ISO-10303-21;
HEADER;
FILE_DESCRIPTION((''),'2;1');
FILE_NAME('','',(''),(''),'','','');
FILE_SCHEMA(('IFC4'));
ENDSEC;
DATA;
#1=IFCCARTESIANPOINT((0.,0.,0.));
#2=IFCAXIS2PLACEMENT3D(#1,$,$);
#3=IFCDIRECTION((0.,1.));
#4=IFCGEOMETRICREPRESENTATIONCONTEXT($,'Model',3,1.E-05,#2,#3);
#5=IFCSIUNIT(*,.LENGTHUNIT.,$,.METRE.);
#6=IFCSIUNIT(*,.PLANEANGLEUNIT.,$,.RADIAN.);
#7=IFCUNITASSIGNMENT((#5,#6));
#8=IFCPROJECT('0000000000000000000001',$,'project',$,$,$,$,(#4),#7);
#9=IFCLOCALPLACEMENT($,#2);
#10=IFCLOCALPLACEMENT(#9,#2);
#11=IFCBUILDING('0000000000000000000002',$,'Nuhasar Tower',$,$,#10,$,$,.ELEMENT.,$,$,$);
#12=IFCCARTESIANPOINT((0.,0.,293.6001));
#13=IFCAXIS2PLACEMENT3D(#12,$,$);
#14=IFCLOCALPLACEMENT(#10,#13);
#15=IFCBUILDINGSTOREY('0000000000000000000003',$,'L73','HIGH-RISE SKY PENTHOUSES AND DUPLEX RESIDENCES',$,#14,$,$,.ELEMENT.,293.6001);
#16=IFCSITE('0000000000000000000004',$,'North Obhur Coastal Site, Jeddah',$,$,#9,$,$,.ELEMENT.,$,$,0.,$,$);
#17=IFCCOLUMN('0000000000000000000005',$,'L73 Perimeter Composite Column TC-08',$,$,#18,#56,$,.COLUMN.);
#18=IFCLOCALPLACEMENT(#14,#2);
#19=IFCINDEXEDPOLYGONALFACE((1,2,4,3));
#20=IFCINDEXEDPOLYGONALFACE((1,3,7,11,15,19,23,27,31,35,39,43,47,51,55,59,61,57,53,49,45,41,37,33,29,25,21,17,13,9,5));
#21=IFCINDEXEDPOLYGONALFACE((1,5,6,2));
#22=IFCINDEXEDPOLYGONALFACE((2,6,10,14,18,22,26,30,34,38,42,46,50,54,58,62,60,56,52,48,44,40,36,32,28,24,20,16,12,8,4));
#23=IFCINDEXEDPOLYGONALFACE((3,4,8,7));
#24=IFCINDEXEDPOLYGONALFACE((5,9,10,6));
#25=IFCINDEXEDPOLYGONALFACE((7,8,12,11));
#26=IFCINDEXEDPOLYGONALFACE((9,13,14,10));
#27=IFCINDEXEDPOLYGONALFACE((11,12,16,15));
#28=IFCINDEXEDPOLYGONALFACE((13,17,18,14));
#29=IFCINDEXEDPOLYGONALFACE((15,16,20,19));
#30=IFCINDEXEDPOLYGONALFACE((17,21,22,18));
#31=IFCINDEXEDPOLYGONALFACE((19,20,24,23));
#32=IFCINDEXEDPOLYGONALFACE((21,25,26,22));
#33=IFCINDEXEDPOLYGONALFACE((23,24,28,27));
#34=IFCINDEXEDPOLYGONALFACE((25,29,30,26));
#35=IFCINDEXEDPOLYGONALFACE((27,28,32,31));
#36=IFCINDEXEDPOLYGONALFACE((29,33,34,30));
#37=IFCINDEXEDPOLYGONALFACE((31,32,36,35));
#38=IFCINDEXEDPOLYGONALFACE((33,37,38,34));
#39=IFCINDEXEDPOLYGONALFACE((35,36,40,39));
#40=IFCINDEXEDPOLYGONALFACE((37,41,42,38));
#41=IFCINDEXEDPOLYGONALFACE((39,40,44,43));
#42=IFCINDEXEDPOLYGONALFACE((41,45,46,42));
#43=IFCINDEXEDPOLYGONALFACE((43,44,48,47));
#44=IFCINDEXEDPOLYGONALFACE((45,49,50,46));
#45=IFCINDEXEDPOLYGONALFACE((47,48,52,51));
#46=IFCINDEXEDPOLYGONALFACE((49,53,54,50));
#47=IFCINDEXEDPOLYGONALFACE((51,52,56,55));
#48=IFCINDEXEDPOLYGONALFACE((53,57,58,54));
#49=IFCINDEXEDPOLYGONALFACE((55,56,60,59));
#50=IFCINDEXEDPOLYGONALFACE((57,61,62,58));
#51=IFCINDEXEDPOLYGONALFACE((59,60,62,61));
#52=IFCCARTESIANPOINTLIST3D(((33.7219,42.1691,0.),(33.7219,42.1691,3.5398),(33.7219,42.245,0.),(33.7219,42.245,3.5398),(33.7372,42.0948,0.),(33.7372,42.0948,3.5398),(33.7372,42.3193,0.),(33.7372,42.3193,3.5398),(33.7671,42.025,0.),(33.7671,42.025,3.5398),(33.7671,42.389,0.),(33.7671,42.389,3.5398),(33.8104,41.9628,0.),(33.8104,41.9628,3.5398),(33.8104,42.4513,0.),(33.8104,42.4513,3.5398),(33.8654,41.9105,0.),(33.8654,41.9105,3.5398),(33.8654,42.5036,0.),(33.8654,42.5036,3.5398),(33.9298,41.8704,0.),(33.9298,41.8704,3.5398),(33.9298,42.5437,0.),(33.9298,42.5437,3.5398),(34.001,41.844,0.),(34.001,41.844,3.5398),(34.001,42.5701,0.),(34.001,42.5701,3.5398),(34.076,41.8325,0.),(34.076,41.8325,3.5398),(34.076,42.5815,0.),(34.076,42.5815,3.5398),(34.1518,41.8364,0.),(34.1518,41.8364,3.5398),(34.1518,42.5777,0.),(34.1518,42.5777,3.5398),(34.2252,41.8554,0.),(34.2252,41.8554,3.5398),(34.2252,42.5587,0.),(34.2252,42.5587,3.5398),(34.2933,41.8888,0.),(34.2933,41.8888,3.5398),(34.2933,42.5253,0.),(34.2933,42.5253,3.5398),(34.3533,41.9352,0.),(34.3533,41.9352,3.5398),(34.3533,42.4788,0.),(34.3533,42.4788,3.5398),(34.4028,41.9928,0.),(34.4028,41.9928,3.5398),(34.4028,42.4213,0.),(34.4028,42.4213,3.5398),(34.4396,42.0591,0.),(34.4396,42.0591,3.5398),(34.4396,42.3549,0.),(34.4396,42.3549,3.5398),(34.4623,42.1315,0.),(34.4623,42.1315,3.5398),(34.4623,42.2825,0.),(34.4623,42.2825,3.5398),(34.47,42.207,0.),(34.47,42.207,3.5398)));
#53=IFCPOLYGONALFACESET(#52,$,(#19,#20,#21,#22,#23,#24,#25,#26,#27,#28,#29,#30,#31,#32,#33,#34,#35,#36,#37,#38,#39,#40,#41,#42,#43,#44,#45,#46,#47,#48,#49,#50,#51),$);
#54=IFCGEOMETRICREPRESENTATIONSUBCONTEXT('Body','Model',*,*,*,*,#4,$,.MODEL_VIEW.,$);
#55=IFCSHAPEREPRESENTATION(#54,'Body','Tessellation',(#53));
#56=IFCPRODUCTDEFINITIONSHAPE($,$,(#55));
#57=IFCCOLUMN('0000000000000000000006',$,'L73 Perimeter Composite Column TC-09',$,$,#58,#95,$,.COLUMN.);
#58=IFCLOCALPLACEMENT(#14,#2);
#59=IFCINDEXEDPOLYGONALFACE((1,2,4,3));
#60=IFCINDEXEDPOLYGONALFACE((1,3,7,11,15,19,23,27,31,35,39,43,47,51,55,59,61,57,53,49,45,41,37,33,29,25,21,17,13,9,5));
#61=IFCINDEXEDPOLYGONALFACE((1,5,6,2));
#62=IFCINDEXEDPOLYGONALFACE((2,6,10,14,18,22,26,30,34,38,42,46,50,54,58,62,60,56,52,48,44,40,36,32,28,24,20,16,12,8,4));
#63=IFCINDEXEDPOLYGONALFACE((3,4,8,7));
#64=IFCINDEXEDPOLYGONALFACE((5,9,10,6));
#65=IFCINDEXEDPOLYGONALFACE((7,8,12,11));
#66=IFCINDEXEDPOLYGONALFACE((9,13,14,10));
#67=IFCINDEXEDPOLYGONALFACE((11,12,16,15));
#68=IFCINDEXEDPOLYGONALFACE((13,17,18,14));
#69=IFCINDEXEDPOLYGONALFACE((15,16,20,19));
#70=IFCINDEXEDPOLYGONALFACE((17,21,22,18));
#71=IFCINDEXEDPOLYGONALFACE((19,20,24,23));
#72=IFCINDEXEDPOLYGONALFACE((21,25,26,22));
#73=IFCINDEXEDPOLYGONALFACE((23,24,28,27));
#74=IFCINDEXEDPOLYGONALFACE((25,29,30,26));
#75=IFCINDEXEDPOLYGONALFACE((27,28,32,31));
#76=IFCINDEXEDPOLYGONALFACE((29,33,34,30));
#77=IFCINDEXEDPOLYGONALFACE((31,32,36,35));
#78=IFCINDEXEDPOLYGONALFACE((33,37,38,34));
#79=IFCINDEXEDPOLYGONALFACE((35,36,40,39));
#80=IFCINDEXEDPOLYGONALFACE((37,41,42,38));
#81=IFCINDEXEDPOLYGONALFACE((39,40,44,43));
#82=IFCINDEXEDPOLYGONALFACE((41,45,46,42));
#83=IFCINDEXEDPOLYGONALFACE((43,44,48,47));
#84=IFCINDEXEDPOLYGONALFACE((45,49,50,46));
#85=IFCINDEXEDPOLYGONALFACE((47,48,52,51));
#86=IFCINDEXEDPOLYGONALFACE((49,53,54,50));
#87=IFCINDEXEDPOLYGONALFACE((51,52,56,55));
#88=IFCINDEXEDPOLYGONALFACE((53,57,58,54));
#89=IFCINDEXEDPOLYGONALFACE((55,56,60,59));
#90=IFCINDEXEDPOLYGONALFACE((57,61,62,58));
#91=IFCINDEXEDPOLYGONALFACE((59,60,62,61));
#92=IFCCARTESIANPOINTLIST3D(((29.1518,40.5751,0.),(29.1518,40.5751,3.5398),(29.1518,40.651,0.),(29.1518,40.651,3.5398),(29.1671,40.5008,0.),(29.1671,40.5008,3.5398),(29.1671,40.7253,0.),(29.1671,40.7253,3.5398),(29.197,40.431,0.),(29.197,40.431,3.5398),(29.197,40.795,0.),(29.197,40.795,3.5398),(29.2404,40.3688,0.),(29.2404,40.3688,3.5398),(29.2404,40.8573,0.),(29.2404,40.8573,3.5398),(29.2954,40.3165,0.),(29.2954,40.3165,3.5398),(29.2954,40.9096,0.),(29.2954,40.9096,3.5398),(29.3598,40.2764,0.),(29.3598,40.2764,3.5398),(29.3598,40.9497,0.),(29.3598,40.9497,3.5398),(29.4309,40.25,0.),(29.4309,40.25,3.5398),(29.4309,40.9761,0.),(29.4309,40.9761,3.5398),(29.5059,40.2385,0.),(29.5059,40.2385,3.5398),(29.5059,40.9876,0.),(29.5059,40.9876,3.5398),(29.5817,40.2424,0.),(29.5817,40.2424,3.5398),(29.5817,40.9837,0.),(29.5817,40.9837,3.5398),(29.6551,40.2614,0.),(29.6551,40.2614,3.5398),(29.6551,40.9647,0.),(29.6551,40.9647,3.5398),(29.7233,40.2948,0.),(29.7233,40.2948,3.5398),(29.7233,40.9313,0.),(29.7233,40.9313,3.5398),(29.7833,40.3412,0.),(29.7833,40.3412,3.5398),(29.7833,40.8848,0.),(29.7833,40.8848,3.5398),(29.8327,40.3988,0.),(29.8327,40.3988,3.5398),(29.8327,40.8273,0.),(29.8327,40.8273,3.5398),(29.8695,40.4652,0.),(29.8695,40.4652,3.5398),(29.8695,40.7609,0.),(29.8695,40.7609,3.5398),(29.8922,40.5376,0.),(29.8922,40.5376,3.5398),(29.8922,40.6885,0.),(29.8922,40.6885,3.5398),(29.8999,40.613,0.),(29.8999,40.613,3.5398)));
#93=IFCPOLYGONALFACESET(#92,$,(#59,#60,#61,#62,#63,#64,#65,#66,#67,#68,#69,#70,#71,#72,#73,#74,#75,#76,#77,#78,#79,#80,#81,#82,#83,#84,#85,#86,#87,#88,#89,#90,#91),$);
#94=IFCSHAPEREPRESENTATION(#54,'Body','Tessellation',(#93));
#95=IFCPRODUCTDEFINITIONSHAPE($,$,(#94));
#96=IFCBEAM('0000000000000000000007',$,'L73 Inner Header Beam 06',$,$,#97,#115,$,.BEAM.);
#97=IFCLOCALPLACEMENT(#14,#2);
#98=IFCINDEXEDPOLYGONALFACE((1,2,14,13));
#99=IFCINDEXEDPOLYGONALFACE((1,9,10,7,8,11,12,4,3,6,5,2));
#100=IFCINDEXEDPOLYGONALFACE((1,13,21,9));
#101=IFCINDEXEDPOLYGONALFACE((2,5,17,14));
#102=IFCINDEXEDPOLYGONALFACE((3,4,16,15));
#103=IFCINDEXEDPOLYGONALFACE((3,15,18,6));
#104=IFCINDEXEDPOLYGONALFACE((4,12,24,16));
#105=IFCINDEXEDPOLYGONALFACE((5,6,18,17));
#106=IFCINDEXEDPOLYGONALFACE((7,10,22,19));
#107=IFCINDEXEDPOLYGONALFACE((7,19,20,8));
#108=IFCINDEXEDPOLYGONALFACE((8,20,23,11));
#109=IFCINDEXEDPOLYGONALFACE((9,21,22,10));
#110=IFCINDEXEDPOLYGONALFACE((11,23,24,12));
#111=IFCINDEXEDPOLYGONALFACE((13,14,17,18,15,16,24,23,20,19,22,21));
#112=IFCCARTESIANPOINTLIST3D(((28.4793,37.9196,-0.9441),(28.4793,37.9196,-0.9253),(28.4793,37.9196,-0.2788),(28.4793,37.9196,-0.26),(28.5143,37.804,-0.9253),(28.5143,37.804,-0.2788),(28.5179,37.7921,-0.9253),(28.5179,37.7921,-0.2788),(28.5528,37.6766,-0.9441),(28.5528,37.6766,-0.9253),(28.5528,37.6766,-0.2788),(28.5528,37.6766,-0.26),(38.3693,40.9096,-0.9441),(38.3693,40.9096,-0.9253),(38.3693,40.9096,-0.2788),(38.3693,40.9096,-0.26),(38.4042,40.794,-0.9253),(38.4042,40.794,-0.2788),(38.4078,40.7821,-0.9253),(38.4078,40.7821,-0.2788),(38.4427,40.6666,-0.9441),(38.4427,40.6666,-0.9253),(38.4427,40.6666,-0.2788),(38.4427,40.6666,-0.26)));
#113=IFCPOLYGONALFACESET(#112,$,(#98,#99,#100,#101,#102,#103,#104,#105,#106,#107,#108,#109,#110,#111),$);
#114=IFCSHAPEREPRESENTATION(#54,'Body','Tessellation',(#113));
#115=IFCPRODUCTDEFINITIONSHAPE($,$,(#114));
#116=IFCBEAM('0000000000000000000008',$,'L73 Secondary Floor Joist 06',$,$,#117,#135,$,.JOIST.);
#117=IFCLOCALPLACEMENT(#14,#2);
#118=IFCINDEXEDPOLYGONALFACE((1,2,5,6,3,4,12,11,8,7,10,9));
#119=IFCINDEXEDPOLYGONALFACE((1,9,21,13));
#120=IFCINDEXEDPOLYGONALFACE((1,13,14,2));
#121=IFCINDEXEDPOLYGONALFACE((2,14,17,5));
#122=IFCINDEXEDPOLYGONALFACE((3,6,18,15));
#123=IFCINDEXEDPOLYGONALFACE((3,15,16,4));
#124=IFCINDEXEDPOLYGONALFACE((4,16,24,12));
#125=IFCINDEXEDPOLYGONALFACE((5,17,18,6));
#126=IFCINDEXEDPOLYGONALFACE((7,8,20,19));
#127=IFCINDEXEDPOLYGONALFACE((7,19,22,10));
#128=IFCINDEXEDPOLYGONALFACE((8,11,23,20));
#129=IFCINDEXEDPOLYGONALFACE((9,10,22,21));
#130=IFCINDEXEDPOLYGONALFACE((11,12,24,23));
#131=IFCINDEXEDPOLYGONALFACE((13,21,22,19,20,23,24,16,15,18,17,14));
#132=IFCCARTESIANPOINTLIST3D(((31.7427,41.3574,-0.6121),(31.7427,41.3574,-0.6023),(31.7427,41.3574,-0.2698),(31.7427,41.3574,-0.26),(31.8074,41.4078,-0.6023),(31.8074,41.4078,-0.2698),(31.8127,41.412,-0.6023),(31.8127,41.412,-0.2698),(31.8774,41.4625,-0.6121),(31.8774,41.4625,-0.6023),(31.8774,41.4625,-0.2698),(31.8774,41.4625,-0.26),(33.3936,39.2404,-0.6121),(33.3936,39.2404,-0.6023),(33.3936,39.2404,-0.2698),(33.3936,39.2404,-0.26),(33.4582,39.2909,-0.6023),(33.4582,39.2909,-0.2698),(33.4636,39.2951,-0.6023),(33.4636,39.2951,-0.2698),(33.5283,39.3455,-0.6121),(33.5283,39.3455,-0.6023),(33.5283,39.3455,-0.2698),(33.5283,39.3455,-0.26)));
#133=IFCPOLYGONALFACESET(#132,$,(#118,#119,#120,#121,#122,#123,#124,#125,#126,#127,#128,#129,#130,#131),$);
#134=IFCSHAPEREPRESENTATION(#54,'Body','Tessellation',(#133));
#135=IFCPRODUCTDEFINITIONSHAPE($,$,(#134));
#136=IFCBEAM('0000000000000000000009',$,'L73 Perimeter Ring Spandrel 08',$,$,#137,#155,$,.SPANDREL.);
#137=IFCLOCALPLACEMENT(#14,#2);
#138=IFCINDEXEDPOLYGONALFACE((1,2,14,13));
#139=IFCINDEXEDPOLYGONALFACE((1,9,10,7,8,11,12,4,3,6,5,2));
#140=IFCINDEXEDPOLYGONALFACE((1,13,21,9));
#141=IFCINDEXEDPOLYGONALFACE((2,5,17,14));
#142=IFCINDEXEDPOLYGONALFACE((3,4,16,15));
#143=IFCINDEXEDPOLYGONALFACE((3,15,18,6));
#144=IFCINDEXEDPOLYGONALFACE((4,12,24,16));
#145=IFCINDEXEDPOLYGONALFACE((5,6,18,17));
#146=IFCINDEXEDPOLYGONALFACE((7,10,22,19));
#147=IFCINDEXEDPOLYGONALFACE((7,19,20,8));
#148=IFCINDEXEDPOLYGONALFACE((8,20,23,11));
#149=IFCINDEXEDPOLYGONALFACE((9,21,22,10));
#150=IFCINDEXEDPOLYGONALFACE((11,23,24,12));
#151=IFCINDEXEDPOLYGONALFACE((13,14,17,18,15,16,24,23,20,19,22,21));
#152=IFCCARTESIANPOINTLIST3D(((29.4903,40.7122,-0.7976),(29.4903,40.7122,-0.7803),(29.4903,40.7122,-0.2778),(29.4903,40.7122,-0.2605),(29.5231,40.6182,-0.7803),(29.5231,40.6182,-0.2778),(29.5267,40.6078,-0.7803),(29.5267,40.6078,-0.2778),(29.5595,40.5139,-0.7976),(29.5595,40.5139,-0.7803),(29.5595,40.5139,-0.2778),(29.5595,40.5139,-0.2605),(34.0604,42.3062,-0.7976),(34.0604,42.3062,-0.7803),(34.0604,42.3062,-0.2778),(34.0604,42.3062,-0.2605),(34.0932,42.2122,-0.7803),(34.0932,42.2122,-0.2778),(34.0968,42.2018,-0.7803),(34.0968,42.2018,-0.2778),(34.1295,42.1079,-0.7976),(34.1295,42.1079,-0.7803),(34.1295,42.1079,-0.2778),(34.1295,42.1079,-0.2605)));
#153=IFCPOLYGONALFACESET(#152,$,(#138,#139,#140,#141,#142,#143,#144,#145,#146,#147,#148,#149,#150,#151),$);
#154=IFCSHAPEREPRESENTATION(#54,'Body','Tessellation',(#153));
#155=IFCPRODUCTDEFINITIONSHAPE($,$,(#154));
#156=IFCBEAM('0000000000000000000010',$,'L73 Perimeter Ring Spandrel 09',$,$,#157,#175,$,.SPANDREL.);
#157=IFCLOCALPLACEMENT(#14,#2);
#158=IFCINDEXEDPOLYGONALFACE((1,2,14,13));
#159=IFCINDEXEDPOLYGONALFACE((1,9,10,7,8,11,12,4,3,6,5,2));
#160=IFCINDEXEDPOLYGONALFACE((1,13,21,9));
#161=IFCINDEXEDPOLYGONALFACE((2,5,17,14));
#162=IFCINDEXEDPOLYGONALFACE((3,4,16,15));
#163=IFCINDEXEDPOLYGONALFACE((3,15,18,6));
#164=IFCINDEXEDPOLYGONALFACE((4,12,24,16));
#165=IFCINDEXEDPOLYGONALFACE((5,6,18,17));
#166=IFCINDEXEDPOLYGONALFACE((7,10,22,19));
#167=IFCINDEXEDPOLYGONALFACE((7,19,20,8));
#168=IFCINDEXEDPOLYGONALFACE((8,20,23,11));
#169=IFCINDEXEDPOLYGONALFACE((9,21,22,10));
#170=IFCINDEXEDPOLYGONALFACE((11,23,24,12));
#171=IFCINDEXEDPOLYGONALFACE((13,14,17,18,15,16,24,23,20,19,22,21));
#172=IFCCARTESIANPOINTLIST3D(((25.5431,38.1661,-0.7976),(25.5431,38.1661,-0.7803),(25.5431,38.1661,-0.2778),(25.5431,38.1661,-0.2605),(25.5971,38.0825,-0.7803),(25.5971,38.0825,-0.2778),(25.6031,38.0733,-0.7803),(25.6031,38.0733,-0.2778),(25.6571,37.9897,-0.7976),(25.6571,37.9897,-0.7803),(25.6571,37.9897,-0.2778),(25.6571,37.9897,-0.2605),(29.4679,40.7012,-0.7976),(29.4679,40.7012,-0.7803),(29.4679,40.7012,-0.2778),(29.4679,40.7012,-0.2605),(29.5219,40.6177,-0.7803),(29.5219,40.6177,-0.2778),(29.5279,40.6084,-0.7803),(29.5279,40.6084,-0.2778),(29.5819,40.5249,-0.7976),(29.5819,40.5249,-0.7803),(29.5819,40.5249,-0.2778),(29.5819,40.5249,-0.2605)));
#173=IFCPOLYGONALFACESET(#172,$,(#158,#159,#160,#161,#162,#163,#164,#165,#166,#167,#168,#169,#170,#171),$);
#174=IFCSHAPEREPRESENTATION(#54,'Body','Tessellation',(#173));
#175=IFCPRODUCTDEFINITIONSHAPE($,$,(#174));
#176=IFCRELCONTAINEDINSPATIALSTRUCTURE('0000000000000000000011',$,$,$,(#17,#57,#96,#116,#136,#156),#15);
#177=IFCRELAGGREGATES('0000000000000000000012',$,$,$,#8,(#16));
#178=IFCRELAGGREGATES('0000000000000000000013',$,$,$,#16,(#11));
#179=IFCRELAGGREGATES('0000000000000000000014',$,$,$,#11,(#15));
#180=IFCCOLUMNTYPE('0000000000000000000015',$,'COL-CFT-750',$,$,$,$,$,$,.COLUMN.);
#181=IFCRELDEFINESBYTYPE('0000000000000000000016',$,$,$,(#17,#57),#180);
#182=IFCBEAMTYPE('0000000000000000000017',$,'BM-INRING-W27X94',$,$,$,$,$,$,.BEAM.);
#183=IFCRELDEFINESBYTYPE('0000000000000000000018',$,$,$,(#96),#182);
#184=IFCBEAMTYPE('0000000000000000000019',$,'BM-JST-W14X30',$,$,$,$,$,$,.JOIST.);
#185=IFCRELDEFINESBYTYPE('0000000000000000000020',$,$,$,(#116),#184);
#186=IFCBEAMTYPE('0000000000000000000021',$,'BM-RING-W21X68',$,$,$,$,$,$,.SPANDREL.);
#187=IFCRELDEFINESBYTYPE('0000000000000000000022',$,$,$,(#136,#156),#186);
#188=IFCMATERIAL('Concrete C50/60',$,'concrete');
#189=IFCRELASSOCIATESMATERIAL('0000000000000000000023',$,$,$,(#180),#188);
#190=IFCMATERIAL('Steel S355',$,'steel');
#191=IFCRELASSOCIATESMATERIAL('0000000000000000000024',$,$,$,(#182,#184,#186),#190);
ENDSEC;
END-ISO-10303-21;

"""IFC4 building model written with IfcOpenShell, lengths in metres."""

from ifc_helpers import new_model, si_unit, direction, frame, origin, origin_2d, place, context, subcontext, project, spatial, circle, i_section, extrude, material, material_profile, profile_set, type_object, element, save


model = new_model("IFC4")

# Units and contexts
model_context = context("Model", 3, precision=1e-05, world=origin(), true_north=direction((0.0, 1.0)))
body_context = subcontext(model_context, "Body", "Model", "MODEL_VIEW")
ifc_project = project(units=[si_unit("LENGTHUNIT", "METRE"), si_unit("PLANEANGLEUNIT", "RADIAN")], contexts=[model_context])

# Site, building, storey
site_placement = place(None, origin())
site = spatial("IfcSite", under=ifc_project, at=site_placement, Name="North Obhur Coastal Site, Jeddah", CompositionType="ELEMENT", RefElevation=0.0)
building_placement = place(site_placement, origin())
building = spatial("IfcBuilding", under=site, at=building_placement, Name="Nuhasar Tower", CompositionType="ELEMENT")
storey_placement = place(building_placement, frame((0.0, 0.0, 293.6001)))
storey = spatial("IfcBuildingStorey", under=building, at=storey_placement, Name="L73", Description="HIGH-RISE SKY PENTHOUSES AND DUPLEX RESIDENCES", CompositionType="ELEMENT", Elevation=293.6001)

# Columns
ifc_material_1 = material(Name="Concrete C50/60", Category="concrete")
ifc_material_profile_1 = material_profile(ifc_material_1, circle(Radius=0.375, at=origin_2d()), Name="CFT750")
ifc_profile_set_1 = profile_set([ifc_material_profile_1], Name="Concrete C50/60")
column_type = type_object("IfcColumnType", Name="COL-CFT-750", PredefinedType="COLUMN", material=ifc_profile_set_1)
for number, where, z_axis, x_axis, name in (
    (1, (34.095, 42.207, 0.0), (0.0, 0.0, 1.0), (1.0, 0.0, 0.0), "L73 Perimeter Composite Column TC-08"),
    (2, (29.5249, 40.613, 0.0), (0.0, 0.0, 1.0), (1.0, 0.0, 0.0), "L73 Perimeter Composite Column TC-09"),
):
    element("IfcColumn", number, at=place(storey_placement, frame(where, z_axis=z_axis, x_axis=x_axis)), inside=storey, type_object=column_type, Name=name, PredefinedType="COLUMN", context=body_context, shape_type="SweptSolid", body=[
        extrude(circle(Radius=0.375, at=origin_2d()), origin(), (0.0, 0.0, 1.0), 3.5398),
    ])

# Beams
ifc_material_2 = material(Name="Steel S355", Category="steel")
ifc_material_profile_2 = material_profile(ifc_material_2, i_section(OverallWidth=0.2539, OverallDepth=0.6841, WebThickness=0.0125, FlangeThickness=0.0188, at=origin_2d()), Name="W27X94")
ifc_profile_set_2 = profile_set([ifc_material_profile_2], Name="Steel S355")
beam_type_1 = type_object("IfcBeamType", Name="BM-INRING-W27X94", PredefinedType="BEAM", material=ifc_profile_set_2)
beam_1_placement = place(storey_placement, frame((38.406, 40.7881, -0.6021), z_axis=(-0.957211, -0.289392, 0.0), x_axis=(0.289392, -0.957211, 0.0)))
element("IfcBeam", 3, at=beam_1_placement, inside=storey, type_object=beam_type_1, Name="L73 Inner Header Beam 06", PredefinedType="BEAM", context=body_context, shape_type="SweptSolid", body=[
    extrude(i_section(OverallWidth=0.2539, OverallDepth=0.6841, WebThickness=0.0125, FlangeThickness=0.0188, at=origin_2d()), origin(), (0.0, 0.0, 1.0), 10.332),
])
ifc_material_profile_3 = material_profile(ifc_material_2, i_section(OverallWidth=0.1709, OverallDepth=0.3521, WebThickness=0.0068, FlangeThickness=0.0098, at=origin_2d()), Name="W14X30")
ifc_profile_set_3 = profile_set([ifc_material_profile_3], Name="Steel S355")
beam_type_2 = type_object("IfcBeamType", Name="BM-JST-W14X30", PredefinedType="JOIST", material=ifc_profile_set_3)
beam_2_placement = place(storey_placement, frame((33.4609, 39.293, -0.436), z_axis=(-0.614954, 0.788563, 0.0), x_axis=(-0.788563, -0.614954, 0.0)))
element("IfcBeam", 4, at=beam_2_placement, inside=storey, type_object=beam_type_2, Name="L73 Secondary Floor Joist 06", PredefinedType="JOIST", context=body_context, shape_type="SweptSolid", body=[
    extrude(i_section(OverallWidth=0.1709, OverallDepth=0.3521, WebThickness=0.0068, FlangeThickness=0.0098, at=origin_2d()), origin(), (0.0, 0.0, 1.0), 2.6846),
])
ifc_material_profile_4 = material_profile(ifc_material_2, i_section(OverallWidth=0.21, OverallDepth=0.5371, WebThickness=0.011, FlangeThickness=0.0173, at=origin_2d()), Name="W21X68")
ifc_profile_set_4 = profile_set([ifc_material_profile_4], Name="Steel S355")
beam_type_3 = type_object("IfcBeamType", Name="BM-RING-W21X68", PredefinedType="SPANDREL", material=ifc_profile_set_4)
beam_3_placement = place(storey_placement, frame((34.095, 42.207, -0.5291), z_axis=(-0.944214, -0.329332, 0.0), x_axis=(0.329332, -0.944214, 0.0)))
element("IfcBeam", 5, at=beam_3_placement, inside=storey, type_object=beam_type_3, Name="L73 Perimeter Ring Spandrel 08", PredefinedType="SPANDREL", context=body_context, shape_type="SweptSolid", body=[
    extrude(i_section(OverallWidth=0.21, OverallDepth=0.5371, WebThickness=0.011, FlangeThickness=0.0173, at=origin_2d()), origin(), (0.0, 0.0, 1.0), 4.8401),
])
beam_4_placement = place(storey_placement, frame((29.5249, 40.613, -0.5291), z_axis=(-0.840002, -0.542584, 0.0), x_axis=(0.542584, -0.840002, 0.0)))
element("IfcBeam", 6, at=beam_4_placement, inside=storey, type_object=beam_type_3, Name="L73 Perimeter Ring Spandrel 09", PredefinedType="SPANDREL", context=body_context, shape_type="SweptSolid", body=[
    extrude(i_section(OverallWidth=0.21, OverallDepth=0.5371, WebThickness=0.011, FlangeThickness=0.0173, at=origin_2d()), origin(), (0.0, 0.0, 1.0), 4.6724),
])

save(model, "model.ifc")
